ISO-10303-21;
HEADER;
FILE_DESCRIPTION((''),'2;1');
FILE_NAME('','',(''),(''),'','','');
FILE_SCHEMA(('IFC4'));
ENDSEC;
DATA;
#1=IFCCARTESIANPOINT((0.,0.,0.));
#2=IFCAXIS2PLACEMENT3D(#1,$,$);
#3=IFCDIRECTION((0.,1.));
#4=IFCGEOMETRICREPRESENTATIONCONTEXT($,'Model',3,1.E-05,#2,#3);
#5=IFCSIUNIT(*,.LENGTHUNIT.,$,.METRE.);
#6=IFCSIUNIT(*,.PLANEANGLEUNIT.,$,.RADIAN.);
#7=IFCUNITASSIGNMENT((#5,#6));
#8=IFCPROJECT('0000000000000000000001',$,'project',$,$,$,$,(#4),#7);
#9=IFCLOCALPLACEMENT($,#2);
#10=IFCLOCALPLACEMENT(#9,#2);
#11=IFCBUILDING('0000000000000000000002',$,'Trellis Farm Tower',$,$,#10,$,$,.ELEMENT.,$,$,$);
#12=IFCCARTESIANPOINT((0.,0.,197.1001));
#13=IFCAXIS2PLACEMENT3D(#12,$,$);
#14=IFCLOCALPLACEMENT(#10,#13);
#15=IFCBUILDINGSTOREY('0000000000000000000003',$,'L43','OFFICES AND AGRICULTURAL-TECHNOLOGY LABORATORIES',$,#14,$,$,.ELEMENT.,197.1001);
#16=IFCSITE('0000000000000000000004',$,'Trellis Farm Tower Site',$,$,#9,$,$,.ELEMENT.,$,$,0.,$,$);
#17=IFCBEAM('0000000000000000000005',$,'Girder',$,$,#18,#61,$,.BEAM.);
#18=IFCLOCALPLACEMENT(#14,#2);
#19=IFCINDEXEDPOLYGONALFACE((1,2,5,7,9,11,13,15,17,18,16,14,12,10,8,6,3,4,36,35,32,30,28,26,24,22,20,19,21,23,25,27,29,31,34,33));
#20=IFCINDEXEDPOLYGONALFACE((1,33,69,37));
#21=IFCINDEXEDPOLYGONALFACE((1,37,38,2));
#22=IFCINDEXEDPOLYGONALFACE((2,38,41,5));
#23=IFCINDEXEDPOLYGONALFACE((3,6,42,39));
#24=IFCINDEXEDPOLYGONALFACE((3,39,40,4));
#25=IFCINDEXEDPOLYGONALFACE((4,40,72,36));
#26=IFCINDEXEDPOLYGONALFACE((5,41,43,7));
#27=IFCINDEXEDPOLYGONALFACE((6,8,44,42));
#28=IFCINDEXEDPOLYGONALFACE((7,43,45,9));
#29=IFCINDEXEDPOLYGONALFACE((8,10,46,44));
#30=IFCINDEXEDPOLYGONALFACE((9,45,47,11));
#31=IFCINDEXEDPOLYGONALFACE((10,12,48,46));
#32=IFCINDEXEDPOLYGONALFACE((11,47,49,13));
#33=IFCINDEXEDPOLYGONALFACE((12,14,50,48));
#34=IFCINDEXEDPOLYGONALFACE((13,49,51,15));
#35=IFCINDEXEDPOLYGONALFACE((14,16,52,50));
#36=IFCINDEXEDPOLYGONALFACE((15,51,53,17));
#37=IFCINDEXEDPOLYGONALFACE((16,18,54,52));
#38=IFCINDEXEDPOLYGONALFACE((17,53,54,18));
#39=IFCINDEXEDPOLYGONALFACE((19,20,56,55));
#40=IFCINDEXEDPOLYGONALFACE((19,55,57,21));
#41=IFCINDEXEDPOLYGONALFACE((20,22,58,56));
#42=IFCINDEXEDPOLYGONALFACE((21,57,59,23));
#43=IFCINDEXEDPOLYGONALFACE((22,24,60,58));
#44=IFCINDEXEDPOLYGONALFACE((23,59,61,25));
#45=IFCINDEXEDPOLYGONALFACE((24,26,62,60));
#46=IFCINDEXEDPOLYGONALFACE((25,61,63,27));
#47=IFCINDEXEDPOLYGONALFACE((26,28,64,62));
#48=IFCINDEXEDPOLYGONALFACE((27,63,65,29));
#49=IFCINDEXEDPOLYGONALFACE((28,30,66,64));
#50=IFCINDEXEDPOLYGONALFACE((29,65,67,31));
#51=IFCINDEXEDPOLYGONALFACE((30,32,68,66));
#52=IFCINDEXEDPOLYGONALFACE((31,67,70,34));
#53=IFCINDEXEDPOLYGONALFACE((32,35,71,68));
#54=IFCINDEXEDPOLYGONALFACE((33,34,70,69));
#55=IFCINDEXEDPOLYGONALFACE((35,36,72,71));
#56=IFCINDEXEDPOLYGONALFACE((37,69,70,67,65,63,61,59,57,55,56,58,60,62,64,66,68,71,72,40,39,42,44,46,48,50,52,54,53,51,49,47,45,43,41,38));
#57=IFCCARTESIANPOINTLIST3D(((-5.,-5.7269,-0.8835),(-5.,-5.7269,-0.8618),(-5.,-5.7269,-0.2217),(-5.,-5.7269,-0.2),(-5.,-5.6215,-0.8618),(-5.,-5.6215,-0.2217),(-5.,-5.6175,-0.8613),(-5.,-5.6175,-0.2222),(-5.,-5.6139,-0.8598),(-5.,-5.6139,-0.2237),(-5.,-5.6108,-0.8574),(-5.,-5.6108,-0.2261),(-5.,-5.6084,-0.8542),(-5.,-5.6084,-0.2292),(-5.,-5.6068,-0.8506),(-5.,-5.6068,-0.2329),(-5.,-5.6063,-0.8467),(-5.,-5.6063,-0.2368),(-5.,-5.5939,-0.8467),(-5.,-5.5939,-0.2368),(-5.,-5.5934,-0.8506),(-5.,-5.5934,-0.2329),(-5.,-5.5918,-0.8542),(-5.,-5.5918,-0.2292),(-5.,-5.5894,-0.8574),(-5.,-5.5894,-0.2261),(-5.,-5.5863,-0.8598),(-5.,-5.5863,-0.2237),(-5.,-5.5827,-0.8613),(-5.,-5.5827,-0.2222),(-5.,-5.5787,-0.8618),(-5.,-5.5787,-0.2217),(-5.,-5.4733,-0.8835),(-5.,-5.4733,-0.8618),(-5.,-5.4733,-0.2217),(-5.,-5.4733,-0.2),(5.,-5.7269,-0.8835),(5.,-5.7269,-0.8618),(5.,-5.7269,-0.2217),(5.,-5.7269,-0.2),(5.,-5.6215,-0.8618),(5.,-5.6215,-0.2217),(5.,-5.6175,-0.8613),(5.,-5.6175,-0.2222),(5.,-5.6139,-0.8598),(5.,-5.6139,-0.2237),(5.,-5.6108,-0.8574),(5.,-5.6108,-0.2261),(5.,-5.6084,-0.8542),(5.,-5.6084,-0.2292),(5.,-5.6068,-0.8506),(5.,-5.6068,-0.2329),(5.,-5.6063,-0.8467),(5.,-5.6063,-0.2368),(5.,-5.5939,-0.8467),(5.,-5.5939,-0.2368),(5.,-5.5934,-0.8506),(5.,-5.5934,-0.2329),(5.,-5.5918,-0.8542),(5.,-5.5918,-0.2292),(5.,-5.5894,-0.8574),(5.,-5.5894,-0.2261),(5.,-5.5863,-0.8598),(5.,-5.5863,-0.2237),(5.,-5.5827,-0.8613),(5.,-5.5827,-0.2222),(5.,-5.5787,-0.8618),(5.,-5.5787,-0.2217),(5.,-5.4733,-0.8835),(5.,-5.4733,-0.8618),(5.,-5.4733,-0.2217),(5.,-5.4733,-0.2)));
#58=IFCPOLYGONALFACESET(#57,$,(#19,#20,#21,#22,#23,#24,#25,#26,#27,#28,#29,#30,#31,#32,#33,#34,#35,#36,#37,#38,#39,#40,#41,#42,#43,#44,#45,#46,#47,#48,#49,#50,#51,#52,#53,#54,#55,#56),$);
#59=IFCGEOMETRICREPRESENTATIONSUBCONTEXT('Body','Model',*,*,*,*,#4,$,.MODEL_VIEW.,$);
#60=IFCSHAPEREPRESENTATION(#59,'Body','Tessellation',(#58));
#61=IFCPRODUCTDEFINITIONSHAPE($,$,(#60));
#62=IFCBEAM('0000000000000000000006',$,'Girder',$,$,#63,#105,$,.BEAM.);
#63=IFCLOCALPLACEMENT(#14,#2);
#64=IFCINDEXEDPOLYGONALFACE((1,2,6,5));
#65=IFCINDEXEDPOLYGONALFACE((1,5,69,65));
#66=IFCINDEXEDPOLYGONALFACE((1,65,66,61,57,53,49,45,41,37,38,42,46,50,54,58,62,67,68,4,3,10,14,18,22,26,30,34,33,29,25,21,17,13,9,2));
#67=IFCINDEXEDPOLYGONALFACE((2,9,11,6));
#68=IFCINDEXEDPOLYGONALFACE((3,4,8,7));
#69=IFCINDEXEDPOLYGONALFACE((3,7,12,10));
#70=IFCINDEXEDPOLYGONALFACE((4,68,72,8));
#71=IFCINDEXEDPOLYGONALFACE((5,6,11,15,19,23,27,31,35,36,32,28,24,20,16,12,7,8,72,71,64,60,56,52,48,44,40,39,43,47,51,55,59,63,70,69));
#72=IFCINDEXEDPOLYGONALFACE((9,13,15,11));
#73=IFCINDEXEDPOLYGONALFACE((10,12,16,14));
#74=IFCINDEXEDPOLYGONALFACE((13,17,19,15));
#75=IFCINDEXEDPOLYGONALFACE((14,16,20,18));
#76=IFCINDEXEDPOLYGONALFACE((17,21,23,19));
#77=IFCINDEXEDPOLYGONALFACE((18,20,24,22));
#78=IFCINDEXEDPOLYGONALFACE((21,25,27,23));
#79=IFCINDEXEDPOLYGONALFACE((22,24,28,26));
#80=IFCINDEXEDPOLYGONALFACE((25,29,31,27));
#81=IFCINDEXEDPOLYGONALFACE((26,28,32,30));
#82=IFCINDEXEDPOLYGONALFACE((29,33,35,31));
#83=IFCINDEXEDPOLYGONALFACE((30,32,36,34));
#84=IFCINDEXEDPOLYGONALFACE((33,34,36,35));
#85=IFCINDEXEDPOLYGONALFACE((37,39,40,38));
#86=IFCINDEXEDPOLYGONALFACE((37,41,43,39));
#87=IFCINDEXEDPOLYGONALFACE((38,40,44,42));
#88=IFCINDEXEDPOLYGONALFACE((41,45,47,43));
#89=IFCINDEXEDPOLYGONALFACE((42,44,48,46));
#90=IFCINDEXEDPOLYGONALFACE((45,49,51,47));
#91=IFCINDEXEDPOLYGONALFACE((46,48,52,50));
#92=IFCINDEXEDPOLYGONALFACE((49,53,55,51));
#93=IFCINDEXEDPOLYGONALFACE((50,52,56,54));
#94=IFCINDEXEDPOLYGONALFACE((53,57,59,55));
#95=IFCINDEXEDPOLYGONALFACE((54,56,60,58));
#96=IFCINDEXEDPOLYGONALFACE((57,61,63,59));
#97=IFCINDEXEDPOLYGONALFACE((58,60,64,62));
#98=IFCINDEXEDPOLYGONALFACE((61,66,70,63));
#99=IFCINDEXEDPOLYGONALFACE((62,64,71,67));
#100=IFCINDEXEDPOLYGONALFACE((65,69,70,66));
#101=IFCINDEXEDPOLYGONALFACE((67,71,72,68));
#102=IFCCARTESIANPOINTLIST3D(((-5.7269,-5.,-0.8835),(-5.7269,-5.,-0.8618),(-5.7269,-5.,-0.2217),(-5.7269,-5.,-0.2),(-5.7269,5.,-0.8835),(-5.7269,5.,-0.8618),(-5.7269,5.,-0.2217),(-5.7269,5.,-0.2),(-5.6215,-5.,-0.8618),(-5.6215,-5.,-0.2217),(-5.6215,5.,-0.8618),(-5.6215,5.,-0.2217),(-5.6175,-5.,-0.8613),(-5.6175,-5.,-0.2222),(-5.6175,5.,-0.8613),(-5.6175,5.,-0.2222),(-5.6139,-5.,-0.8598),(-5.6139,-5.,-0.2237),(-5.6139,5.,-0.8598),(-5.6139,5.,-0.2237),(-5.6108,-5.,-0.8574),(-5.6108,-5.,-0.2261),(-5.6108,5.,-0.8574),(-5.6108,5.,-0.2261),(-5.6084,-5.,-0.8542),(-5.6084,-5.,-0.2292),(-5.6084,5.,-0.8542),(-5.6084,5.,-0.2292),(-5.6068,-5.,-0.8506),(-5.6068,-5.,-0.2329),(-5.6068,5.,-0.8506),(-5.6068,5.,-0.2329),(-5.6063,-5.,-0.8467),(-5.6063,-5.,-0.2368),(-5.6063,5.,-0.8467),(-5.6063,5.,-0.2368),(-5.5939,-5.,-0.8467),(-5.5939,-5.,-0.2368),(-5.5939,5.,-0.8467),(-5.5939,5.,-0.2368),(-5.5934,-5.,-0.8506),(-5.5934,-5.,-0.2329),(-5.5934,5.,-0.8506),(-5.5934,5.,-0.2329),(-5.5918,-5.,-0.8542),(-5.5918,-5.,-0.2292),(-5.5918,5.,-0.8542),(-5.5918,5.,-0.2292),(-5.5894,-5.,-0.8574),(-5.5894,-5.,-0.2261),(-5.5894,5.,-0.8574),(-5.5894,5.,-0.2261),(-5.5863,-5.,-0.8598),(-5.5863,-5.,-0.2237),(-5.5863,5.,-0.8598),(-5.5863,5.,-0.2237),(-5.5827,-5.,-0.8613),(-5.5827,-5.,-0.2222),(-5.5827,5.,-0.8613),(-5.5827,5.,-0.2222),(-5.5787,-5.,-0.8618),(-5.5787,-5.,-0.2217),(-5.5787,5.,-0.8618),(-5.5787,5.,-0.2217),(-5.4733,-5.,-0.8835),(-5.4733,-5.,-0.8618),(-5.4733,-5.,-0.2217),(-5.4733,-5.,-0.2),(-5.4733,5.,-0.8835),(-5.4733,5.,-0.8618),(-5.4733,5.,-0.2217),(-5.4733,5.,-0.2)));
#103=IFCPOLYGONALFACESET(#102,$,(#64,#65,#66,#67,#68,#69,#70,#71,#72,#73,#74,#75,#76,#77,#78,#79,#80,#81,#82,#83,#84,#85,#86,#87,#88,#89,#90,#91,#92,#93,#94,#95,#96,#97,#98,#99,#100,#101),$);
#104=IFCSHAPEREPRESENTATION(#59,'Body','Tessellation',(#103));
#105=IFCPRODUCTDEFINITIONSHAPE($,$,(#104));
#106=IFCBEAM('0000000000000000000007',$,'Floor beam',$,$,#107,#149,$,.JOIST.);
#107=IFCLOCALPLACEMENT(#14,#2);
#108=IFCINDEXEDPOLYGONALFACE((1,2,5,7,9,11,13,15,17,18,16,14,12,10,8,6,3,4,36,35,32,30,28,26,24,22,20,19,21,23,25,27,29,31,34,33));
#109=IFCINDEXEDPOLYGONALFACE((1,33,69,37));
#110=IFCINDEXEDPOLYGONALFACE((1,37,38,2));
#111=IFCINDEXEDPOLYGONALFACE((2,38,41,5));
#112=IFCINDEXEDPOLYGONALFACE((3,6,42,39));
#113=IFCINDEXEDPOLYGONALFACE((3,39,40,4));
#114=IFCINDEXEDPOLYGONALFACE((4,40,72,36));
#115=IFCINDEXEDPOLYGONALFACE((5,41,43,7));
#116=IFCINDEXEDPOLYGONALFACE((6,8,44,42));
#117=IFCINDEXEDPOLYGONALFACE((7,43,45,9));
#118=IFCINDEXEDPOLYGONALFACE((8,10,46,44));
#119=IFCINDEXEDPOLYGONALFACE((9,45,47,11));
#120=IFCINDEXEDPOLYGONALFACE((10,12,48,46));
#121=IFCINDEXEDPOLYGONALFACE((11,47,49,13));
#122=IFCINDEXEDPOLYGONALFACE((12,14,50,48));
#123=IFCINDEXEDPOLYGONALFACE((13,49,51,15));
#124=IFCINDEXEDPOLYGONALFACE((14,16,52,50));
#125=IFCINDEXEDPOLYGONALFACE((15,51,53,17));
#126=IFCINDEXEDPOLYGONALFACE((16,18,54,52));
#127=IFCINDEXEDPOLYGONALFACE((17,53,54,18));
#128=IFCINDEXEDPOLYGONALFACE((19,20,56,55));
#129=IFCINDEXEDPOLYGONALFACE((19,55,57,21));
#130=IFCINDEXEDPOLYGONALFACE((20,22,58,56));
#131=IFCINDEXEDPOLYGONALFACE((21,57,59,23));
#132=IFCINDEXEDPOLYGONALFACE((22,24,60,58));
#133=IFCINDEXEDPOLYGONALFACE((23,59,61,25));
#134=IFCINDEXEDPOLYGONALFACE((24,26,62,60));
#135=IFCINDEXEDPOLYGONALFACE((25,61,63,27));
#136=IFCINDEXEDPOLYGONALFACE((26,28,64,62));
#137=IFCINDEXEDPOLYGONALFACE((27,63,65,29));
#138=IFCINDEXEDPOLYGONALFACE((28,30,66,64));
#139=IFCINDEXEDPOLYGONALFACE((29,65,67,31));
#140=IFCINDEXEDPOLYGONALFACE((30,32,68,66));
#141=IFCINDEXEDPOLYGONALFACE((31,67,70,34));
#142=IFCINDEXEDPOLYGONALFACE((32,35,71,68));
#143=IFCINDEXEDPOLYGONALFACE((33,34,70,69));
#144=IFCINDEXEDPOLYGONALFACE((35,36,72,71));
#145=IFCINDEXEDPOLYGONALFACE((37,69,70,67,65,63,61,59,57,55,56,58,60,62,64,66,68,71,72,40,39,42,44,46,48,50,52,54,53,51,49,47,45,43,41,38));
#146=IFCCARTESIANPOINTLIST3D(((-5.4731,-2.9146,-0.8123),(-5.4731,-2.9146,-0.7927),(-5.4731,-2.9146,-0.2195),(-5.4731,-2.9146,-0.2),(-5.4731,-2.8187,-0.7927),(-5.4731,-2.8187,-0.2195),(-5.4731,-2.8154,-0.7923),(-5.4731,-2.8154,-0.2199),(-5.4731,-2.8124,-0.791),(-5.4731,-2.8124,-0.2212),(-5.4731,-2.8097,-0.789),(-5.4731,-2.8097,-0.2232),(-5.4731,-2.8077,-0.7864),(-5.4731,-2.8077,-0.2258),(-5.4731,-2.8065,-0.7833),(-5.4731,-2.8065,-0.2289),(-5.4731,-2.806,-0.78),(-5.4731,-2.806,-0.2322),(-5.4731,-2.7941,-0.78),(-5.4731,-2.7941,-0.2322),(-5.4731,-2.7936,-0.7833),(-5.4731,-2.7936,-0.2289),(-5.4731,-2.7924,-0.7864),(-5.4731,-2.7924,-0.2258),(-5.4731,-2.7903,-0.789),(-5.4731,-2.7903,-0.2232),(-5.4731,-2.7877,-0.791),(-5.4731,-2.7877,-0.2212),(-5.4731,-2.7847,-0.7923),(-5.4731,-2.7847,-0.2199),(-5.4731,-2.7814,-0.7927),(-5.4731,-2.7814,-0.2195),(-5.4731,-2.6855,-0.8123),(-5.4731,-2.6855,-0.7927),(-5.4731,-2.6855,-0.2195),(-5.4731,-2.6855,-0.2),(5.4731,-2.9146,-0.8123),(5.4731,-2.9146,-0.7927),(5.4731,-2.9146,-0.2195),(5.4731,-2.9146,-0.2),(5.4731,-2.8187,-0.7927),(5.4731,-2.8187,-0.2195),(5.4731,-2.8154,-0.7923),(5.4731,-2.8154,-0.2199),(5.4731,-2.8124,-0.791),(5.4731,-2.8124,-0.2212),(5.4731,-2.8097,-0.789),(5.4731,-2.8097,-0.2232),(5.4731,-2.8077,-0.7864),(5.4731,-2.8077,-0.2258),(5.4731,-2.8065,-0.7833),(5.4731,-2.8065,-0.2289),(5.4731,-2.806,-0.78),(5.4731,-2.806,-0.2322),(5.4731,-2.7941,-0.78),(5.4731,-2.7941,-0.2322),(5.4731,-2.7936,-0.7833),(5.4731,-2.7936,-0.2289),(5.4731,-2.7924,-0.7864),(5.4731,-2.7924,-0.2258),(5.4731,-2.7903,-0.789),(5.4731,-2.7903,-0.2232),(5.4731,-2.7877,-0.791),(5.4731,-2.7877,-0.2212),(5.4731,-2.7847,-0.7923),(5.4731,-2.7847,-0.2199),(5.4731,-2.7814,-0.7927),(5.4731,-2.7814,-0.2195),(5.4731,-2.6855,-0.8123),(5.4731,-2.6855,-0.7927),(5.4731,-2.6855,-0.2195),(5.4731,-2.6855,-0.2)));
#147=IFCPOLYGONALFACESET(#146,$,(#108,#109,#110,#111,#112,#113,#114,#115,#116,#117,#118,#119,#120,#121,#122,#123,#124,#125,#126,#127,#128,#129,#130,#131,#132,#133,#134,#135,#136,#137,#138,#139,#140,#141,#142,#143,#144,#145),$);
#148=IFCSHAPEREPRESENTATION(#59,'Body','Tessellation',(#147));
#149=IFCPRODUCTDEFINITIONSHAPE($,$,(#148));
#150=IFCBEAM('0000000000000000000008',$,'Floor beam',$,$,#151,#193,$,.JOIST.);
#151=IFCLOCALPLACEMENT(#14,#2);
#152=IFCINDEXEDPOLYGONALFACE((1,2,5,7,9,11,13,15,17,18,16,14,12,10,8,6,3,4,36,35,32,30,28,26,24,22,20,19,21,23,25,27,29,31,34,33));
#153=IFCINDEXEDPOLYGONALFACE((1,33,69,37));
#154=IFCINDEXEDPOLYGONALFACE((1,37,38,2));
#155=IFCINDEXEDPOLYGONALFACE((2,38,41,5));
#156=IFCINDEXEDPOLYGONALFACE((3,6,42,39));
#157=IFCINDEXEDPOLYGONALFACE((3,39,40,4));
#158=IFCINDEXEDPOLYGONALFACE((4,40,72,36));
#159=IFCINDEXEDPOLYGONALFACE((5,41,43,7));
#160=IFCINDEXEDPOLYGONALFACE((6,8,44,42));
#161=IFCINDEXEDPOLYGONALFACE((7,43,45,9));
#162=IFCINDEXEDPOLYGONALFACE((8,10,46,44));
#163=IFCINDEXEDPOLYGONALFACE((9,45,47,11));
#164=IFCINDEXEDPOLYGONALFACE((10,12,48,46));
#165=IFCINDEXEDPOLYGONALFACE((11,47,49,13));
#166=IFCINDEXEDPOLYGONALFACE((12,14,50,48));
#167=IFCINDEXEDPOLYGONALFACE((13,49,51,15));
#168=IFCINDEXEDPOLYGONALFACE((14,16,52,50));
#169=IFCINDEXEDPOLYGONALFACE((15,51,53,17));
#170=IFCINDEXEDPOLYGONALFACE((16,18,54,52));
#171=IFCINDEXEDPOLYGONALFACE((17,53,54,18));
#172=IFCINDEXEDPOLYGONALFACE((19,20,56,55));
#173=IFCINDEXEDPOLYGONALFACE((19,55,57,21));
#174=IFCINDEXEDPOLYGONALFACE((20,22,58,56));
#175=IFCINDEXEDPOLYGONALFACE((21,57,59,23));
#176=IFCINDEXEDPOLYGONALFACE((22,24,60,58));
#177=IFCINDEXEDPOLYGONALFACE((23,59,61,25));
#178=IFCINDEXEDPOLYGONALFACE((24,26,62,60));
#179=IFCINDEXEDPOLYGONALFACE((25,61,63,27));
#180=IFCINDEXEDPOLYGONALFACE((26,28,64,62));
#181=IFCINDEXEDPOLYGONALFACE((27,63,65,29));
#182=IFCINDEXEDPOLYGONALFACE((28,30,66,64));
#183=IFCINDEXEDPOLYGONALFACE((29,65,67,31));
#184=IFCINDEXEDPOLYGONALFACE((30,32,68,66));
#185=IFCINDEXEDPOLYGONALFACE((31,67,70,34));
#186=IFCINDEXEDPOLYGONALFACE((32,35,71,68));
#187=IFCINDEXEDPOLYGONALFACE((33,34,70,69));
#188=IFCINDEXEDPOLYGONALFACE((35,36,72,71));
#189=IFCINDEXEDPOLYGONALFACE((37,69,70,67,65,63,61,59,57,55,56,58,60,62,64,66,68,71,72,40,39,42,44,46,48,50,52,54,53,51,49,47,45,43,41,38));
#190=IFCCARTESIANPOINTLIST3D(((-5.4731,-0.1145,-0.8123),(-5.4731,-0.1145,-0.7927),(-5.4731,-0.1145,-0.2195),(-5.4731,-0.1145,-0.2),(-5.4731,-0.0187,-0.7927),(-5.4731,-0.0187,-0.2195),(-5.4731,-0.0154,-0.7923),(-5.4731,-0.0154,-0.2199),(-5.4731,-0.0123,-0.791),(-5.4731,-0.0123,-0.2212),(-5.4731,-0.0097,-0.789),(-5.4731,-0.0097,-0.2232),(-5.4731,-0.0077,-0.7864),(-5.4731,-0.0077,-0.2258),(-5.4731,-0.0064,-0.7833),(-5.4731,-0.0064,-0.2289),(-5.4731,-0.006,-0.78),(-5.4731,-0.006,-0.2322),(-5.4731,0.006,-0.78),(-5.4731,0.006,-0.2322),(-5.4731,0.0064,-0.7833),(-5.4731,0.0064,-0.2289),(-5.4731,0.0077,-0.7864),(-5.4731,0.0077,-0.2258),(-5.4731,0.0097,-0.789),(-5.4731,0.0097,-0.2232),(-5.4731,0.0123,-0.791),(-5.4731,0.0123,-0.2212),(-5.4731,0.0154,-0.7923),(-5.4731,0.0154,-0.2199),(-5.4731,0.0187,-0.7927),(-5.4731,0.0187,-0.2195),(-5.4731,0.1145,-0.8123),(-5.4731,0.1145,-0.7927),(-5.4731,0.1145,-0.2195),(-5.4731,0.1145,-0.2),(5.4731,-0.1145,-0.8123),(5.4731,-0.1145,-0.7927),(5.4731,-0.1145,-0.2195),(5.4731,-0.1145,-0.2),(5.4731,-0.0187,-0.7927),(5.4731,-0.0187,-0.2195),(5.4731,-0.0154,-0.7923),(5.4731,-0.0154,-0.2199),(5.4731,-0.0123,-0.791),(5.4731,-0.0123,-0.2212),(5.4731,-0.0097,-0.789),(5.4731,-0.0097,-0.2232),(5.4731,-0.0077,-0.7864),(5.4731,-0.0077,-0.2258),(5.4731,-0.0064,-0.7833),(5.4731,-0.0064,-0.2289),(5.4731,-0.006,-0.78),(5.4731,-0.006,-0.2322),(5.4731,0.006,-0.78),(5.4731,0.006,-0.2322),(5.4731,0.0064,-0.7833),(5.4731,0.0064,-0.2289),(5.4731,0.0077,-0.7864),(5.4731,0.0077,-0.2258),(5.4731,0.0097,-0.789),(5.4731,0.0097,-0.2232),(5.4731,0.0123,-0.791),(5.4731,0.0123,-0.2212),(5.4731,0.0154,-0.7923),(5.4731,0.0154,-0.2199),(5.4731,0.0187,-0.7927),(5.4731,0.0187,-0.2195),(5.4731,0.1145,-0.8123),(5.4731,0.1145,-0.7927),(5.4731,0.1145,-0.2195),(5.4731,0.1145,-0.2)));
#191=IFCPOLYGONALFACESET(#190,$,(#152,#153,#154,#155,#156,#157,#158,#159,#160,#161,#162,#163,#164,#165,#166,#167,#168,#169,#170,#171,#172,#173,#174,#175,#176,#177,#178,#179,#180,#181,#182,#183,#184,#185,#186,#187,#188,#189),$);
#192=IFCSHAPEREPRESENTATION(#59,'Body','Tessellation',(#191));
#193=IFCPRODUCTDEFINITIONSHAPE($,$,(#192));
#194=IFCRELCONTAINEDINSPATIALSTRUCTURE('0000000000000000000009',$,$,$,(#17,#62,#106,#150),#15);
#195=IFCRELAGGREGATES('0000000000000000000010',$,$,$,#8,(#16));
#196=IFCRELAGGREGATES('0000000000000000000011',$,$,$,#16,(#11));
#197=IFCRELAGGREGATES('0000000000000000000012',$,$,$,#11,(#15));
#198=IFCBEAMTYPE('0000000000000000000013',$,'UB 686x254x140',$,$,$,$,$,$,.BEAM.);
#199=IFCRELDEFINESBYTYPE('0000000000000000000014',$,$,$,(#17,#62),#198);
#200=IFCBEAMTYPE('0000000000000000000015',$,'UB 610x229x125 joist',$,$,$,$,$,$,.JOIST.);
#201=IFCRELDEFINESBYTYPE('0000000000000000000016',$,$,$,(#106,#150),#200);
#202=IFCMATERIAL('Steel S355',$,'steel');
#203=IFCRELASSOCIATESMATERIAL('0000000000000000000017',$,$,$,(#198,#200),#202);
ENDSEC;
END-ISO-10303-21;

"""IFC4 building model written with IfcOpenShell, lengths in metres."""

from ifc_helpers import new_model, si_unit, direction, frame, origin, origin_2d, place, context, subcontext, project, spatial, i_section, extrude, source, transform, mapped, material, material_profile, profile_set, type_object, element, save


model = new_model("IFC4")

# Units and contexts
model_context = context("Model", 3, precision=1e-05, world=origin(), true_north=direction((0.0, 1.0)))
body_context = subcontext(model_context, "Body", "Model", "MODEL_VIEW")
ifc_project = project(units=[si_unit("LENGTHUNIT", "METRE"), si_unit("PLANEANGLEUNIT", "RADIAN")], contexts=[model_context])

# Site, building, storey
site_placement = place(None, origin())
site = spatial("IfcSite", under=ifc_project, at=site_placement, Name="Trellis Farm Tower Site", CompositionType="ELEMENT", RefElevation=0.0)
building_placement = place(site_placement, origin())
building = spatial("IfcBuilding", under=site, at=building_placement, Name="Trellis Farm Tower", CompositionType="ELEMENT")
storey_placement = place(building_placement, frame((0.0, 0.0, 197.1001)))
storey = spatial("IfcBuildingStorey", under=building, at=storey_placement, Name="L43", Description="OFFICES AND AGRICULTURAL-TECHNOLOGY LABORATORIES", CompositionType="ELEMENT", Elevation=197.1001)

# Beams
ifc_material_1 = material(Name="Steel S355", Category="steel")
ifc_material_profile_1 = material_profile(ifc_material_1, i_section(OverallWidth=0.2537, OverallDepth=0.6836, WebThickness=0.0125, FlangeThickness=0.0217, FilletRadius=0.0151, at=origin_2d()), Name="UB 686x254x140")
ifc_profile_set_1 = profile_set([ifc_material_profile_1], Name="Steel S355")
beam_type_1 = type_object("IfcBeamType", Name="UB 686x254x140", PredefinedType="BEAM", material=ifc_profile_set_1)
shared_shape_1 = source(origin(), body_context, "Body", "SweptSolid", [
    extrude(i_section(OverallWidth=0.2537, OverallDepth=0.6836, WebThickness=0.0125, FlangeThickness=0.0217, FilletRadius=0.0151, at=origin_2d()), origin(), (0.0, 0.0, 1.0), 10.0),
])
for number, where, z_axis, x_axis, name in (
    (1, (-5.0, -5.6001, -0.5417), (1.0, 0.0, 0.0), (0.0, 1.0, 0.0), "Girder"),
    (2, (-5.6001, -5.0, -0.5417), (0.0, 1.0, 0.0), (-1.0, 0.0, 0.0), "Girder"),
):
    element("IfcBeam", number, at=place(storey_placement, frame(where, z_axis=z_axis, x_axis=x_axis)), inside=storey, type_object=beam_type_1, Name=name, PredefinedType="BEAM", context=body_context, shape_type="MappedRepresentation", body=[
        mapped(shared_shape_1, transform((0.0, 0.0, 0.0))),
    ])
ifc_material_profile_2 = material_profile(ifc_material_1, i_section(OverallWidth=0.229, OverallDepth=0.6123, WebThickness=0.012, FlangeThickness=0.0195, FilletRadius=0.0127, at=origin_2d()), Name="UB 610x229x125")
ifc_profile_set_2 = profile_set([ifc_material_profile_2], Name="Steel S355")
beam_type_2 = type_object("IfcBeamType", Name="UB 610x229x125 joist", PredefinedType="JOIST", material=ifc_profile_set_2)
shared_shape_2 = source(origin(), body_context, "Body", "SweptSolid", [
    extrude(i_section(OverallWidth=0.229, OverallDepth=0.6123, WebThickness=0.012, FlangeThickness=0.0195, FilletRadius=0.0127, at=origin_2d()), origin(), (0.0, 0.0, 1.0), 10.9463),
])
for number, where, z_axis, x_axis, name in (
    (3, (-5.4731, -2.8, -0.5061), (1.0, 0.0, 0.0), (0.0, 1.0, 0.0), "Floor beam"),
    (4, (-5.4731, 0.0, -0.5061), (1.0, 0.0, 0.0), (0.0, 1.0, 0.0), "Floor beam"),
):
    element("IfcBeam", number, at=place(storey_placement, frame(where, z_axis=z_axis, x_axis=x_axis)), inside=storey, type_object=beam_type_2, Name=name, PredefinedType="JOIST", context=body_context, shape_type="MappedRepresentation", body=[
        mapped(shared_shape_2, transform((0.0, 0.0, 0.0))),
    ])

save(model, "model.ifc")
